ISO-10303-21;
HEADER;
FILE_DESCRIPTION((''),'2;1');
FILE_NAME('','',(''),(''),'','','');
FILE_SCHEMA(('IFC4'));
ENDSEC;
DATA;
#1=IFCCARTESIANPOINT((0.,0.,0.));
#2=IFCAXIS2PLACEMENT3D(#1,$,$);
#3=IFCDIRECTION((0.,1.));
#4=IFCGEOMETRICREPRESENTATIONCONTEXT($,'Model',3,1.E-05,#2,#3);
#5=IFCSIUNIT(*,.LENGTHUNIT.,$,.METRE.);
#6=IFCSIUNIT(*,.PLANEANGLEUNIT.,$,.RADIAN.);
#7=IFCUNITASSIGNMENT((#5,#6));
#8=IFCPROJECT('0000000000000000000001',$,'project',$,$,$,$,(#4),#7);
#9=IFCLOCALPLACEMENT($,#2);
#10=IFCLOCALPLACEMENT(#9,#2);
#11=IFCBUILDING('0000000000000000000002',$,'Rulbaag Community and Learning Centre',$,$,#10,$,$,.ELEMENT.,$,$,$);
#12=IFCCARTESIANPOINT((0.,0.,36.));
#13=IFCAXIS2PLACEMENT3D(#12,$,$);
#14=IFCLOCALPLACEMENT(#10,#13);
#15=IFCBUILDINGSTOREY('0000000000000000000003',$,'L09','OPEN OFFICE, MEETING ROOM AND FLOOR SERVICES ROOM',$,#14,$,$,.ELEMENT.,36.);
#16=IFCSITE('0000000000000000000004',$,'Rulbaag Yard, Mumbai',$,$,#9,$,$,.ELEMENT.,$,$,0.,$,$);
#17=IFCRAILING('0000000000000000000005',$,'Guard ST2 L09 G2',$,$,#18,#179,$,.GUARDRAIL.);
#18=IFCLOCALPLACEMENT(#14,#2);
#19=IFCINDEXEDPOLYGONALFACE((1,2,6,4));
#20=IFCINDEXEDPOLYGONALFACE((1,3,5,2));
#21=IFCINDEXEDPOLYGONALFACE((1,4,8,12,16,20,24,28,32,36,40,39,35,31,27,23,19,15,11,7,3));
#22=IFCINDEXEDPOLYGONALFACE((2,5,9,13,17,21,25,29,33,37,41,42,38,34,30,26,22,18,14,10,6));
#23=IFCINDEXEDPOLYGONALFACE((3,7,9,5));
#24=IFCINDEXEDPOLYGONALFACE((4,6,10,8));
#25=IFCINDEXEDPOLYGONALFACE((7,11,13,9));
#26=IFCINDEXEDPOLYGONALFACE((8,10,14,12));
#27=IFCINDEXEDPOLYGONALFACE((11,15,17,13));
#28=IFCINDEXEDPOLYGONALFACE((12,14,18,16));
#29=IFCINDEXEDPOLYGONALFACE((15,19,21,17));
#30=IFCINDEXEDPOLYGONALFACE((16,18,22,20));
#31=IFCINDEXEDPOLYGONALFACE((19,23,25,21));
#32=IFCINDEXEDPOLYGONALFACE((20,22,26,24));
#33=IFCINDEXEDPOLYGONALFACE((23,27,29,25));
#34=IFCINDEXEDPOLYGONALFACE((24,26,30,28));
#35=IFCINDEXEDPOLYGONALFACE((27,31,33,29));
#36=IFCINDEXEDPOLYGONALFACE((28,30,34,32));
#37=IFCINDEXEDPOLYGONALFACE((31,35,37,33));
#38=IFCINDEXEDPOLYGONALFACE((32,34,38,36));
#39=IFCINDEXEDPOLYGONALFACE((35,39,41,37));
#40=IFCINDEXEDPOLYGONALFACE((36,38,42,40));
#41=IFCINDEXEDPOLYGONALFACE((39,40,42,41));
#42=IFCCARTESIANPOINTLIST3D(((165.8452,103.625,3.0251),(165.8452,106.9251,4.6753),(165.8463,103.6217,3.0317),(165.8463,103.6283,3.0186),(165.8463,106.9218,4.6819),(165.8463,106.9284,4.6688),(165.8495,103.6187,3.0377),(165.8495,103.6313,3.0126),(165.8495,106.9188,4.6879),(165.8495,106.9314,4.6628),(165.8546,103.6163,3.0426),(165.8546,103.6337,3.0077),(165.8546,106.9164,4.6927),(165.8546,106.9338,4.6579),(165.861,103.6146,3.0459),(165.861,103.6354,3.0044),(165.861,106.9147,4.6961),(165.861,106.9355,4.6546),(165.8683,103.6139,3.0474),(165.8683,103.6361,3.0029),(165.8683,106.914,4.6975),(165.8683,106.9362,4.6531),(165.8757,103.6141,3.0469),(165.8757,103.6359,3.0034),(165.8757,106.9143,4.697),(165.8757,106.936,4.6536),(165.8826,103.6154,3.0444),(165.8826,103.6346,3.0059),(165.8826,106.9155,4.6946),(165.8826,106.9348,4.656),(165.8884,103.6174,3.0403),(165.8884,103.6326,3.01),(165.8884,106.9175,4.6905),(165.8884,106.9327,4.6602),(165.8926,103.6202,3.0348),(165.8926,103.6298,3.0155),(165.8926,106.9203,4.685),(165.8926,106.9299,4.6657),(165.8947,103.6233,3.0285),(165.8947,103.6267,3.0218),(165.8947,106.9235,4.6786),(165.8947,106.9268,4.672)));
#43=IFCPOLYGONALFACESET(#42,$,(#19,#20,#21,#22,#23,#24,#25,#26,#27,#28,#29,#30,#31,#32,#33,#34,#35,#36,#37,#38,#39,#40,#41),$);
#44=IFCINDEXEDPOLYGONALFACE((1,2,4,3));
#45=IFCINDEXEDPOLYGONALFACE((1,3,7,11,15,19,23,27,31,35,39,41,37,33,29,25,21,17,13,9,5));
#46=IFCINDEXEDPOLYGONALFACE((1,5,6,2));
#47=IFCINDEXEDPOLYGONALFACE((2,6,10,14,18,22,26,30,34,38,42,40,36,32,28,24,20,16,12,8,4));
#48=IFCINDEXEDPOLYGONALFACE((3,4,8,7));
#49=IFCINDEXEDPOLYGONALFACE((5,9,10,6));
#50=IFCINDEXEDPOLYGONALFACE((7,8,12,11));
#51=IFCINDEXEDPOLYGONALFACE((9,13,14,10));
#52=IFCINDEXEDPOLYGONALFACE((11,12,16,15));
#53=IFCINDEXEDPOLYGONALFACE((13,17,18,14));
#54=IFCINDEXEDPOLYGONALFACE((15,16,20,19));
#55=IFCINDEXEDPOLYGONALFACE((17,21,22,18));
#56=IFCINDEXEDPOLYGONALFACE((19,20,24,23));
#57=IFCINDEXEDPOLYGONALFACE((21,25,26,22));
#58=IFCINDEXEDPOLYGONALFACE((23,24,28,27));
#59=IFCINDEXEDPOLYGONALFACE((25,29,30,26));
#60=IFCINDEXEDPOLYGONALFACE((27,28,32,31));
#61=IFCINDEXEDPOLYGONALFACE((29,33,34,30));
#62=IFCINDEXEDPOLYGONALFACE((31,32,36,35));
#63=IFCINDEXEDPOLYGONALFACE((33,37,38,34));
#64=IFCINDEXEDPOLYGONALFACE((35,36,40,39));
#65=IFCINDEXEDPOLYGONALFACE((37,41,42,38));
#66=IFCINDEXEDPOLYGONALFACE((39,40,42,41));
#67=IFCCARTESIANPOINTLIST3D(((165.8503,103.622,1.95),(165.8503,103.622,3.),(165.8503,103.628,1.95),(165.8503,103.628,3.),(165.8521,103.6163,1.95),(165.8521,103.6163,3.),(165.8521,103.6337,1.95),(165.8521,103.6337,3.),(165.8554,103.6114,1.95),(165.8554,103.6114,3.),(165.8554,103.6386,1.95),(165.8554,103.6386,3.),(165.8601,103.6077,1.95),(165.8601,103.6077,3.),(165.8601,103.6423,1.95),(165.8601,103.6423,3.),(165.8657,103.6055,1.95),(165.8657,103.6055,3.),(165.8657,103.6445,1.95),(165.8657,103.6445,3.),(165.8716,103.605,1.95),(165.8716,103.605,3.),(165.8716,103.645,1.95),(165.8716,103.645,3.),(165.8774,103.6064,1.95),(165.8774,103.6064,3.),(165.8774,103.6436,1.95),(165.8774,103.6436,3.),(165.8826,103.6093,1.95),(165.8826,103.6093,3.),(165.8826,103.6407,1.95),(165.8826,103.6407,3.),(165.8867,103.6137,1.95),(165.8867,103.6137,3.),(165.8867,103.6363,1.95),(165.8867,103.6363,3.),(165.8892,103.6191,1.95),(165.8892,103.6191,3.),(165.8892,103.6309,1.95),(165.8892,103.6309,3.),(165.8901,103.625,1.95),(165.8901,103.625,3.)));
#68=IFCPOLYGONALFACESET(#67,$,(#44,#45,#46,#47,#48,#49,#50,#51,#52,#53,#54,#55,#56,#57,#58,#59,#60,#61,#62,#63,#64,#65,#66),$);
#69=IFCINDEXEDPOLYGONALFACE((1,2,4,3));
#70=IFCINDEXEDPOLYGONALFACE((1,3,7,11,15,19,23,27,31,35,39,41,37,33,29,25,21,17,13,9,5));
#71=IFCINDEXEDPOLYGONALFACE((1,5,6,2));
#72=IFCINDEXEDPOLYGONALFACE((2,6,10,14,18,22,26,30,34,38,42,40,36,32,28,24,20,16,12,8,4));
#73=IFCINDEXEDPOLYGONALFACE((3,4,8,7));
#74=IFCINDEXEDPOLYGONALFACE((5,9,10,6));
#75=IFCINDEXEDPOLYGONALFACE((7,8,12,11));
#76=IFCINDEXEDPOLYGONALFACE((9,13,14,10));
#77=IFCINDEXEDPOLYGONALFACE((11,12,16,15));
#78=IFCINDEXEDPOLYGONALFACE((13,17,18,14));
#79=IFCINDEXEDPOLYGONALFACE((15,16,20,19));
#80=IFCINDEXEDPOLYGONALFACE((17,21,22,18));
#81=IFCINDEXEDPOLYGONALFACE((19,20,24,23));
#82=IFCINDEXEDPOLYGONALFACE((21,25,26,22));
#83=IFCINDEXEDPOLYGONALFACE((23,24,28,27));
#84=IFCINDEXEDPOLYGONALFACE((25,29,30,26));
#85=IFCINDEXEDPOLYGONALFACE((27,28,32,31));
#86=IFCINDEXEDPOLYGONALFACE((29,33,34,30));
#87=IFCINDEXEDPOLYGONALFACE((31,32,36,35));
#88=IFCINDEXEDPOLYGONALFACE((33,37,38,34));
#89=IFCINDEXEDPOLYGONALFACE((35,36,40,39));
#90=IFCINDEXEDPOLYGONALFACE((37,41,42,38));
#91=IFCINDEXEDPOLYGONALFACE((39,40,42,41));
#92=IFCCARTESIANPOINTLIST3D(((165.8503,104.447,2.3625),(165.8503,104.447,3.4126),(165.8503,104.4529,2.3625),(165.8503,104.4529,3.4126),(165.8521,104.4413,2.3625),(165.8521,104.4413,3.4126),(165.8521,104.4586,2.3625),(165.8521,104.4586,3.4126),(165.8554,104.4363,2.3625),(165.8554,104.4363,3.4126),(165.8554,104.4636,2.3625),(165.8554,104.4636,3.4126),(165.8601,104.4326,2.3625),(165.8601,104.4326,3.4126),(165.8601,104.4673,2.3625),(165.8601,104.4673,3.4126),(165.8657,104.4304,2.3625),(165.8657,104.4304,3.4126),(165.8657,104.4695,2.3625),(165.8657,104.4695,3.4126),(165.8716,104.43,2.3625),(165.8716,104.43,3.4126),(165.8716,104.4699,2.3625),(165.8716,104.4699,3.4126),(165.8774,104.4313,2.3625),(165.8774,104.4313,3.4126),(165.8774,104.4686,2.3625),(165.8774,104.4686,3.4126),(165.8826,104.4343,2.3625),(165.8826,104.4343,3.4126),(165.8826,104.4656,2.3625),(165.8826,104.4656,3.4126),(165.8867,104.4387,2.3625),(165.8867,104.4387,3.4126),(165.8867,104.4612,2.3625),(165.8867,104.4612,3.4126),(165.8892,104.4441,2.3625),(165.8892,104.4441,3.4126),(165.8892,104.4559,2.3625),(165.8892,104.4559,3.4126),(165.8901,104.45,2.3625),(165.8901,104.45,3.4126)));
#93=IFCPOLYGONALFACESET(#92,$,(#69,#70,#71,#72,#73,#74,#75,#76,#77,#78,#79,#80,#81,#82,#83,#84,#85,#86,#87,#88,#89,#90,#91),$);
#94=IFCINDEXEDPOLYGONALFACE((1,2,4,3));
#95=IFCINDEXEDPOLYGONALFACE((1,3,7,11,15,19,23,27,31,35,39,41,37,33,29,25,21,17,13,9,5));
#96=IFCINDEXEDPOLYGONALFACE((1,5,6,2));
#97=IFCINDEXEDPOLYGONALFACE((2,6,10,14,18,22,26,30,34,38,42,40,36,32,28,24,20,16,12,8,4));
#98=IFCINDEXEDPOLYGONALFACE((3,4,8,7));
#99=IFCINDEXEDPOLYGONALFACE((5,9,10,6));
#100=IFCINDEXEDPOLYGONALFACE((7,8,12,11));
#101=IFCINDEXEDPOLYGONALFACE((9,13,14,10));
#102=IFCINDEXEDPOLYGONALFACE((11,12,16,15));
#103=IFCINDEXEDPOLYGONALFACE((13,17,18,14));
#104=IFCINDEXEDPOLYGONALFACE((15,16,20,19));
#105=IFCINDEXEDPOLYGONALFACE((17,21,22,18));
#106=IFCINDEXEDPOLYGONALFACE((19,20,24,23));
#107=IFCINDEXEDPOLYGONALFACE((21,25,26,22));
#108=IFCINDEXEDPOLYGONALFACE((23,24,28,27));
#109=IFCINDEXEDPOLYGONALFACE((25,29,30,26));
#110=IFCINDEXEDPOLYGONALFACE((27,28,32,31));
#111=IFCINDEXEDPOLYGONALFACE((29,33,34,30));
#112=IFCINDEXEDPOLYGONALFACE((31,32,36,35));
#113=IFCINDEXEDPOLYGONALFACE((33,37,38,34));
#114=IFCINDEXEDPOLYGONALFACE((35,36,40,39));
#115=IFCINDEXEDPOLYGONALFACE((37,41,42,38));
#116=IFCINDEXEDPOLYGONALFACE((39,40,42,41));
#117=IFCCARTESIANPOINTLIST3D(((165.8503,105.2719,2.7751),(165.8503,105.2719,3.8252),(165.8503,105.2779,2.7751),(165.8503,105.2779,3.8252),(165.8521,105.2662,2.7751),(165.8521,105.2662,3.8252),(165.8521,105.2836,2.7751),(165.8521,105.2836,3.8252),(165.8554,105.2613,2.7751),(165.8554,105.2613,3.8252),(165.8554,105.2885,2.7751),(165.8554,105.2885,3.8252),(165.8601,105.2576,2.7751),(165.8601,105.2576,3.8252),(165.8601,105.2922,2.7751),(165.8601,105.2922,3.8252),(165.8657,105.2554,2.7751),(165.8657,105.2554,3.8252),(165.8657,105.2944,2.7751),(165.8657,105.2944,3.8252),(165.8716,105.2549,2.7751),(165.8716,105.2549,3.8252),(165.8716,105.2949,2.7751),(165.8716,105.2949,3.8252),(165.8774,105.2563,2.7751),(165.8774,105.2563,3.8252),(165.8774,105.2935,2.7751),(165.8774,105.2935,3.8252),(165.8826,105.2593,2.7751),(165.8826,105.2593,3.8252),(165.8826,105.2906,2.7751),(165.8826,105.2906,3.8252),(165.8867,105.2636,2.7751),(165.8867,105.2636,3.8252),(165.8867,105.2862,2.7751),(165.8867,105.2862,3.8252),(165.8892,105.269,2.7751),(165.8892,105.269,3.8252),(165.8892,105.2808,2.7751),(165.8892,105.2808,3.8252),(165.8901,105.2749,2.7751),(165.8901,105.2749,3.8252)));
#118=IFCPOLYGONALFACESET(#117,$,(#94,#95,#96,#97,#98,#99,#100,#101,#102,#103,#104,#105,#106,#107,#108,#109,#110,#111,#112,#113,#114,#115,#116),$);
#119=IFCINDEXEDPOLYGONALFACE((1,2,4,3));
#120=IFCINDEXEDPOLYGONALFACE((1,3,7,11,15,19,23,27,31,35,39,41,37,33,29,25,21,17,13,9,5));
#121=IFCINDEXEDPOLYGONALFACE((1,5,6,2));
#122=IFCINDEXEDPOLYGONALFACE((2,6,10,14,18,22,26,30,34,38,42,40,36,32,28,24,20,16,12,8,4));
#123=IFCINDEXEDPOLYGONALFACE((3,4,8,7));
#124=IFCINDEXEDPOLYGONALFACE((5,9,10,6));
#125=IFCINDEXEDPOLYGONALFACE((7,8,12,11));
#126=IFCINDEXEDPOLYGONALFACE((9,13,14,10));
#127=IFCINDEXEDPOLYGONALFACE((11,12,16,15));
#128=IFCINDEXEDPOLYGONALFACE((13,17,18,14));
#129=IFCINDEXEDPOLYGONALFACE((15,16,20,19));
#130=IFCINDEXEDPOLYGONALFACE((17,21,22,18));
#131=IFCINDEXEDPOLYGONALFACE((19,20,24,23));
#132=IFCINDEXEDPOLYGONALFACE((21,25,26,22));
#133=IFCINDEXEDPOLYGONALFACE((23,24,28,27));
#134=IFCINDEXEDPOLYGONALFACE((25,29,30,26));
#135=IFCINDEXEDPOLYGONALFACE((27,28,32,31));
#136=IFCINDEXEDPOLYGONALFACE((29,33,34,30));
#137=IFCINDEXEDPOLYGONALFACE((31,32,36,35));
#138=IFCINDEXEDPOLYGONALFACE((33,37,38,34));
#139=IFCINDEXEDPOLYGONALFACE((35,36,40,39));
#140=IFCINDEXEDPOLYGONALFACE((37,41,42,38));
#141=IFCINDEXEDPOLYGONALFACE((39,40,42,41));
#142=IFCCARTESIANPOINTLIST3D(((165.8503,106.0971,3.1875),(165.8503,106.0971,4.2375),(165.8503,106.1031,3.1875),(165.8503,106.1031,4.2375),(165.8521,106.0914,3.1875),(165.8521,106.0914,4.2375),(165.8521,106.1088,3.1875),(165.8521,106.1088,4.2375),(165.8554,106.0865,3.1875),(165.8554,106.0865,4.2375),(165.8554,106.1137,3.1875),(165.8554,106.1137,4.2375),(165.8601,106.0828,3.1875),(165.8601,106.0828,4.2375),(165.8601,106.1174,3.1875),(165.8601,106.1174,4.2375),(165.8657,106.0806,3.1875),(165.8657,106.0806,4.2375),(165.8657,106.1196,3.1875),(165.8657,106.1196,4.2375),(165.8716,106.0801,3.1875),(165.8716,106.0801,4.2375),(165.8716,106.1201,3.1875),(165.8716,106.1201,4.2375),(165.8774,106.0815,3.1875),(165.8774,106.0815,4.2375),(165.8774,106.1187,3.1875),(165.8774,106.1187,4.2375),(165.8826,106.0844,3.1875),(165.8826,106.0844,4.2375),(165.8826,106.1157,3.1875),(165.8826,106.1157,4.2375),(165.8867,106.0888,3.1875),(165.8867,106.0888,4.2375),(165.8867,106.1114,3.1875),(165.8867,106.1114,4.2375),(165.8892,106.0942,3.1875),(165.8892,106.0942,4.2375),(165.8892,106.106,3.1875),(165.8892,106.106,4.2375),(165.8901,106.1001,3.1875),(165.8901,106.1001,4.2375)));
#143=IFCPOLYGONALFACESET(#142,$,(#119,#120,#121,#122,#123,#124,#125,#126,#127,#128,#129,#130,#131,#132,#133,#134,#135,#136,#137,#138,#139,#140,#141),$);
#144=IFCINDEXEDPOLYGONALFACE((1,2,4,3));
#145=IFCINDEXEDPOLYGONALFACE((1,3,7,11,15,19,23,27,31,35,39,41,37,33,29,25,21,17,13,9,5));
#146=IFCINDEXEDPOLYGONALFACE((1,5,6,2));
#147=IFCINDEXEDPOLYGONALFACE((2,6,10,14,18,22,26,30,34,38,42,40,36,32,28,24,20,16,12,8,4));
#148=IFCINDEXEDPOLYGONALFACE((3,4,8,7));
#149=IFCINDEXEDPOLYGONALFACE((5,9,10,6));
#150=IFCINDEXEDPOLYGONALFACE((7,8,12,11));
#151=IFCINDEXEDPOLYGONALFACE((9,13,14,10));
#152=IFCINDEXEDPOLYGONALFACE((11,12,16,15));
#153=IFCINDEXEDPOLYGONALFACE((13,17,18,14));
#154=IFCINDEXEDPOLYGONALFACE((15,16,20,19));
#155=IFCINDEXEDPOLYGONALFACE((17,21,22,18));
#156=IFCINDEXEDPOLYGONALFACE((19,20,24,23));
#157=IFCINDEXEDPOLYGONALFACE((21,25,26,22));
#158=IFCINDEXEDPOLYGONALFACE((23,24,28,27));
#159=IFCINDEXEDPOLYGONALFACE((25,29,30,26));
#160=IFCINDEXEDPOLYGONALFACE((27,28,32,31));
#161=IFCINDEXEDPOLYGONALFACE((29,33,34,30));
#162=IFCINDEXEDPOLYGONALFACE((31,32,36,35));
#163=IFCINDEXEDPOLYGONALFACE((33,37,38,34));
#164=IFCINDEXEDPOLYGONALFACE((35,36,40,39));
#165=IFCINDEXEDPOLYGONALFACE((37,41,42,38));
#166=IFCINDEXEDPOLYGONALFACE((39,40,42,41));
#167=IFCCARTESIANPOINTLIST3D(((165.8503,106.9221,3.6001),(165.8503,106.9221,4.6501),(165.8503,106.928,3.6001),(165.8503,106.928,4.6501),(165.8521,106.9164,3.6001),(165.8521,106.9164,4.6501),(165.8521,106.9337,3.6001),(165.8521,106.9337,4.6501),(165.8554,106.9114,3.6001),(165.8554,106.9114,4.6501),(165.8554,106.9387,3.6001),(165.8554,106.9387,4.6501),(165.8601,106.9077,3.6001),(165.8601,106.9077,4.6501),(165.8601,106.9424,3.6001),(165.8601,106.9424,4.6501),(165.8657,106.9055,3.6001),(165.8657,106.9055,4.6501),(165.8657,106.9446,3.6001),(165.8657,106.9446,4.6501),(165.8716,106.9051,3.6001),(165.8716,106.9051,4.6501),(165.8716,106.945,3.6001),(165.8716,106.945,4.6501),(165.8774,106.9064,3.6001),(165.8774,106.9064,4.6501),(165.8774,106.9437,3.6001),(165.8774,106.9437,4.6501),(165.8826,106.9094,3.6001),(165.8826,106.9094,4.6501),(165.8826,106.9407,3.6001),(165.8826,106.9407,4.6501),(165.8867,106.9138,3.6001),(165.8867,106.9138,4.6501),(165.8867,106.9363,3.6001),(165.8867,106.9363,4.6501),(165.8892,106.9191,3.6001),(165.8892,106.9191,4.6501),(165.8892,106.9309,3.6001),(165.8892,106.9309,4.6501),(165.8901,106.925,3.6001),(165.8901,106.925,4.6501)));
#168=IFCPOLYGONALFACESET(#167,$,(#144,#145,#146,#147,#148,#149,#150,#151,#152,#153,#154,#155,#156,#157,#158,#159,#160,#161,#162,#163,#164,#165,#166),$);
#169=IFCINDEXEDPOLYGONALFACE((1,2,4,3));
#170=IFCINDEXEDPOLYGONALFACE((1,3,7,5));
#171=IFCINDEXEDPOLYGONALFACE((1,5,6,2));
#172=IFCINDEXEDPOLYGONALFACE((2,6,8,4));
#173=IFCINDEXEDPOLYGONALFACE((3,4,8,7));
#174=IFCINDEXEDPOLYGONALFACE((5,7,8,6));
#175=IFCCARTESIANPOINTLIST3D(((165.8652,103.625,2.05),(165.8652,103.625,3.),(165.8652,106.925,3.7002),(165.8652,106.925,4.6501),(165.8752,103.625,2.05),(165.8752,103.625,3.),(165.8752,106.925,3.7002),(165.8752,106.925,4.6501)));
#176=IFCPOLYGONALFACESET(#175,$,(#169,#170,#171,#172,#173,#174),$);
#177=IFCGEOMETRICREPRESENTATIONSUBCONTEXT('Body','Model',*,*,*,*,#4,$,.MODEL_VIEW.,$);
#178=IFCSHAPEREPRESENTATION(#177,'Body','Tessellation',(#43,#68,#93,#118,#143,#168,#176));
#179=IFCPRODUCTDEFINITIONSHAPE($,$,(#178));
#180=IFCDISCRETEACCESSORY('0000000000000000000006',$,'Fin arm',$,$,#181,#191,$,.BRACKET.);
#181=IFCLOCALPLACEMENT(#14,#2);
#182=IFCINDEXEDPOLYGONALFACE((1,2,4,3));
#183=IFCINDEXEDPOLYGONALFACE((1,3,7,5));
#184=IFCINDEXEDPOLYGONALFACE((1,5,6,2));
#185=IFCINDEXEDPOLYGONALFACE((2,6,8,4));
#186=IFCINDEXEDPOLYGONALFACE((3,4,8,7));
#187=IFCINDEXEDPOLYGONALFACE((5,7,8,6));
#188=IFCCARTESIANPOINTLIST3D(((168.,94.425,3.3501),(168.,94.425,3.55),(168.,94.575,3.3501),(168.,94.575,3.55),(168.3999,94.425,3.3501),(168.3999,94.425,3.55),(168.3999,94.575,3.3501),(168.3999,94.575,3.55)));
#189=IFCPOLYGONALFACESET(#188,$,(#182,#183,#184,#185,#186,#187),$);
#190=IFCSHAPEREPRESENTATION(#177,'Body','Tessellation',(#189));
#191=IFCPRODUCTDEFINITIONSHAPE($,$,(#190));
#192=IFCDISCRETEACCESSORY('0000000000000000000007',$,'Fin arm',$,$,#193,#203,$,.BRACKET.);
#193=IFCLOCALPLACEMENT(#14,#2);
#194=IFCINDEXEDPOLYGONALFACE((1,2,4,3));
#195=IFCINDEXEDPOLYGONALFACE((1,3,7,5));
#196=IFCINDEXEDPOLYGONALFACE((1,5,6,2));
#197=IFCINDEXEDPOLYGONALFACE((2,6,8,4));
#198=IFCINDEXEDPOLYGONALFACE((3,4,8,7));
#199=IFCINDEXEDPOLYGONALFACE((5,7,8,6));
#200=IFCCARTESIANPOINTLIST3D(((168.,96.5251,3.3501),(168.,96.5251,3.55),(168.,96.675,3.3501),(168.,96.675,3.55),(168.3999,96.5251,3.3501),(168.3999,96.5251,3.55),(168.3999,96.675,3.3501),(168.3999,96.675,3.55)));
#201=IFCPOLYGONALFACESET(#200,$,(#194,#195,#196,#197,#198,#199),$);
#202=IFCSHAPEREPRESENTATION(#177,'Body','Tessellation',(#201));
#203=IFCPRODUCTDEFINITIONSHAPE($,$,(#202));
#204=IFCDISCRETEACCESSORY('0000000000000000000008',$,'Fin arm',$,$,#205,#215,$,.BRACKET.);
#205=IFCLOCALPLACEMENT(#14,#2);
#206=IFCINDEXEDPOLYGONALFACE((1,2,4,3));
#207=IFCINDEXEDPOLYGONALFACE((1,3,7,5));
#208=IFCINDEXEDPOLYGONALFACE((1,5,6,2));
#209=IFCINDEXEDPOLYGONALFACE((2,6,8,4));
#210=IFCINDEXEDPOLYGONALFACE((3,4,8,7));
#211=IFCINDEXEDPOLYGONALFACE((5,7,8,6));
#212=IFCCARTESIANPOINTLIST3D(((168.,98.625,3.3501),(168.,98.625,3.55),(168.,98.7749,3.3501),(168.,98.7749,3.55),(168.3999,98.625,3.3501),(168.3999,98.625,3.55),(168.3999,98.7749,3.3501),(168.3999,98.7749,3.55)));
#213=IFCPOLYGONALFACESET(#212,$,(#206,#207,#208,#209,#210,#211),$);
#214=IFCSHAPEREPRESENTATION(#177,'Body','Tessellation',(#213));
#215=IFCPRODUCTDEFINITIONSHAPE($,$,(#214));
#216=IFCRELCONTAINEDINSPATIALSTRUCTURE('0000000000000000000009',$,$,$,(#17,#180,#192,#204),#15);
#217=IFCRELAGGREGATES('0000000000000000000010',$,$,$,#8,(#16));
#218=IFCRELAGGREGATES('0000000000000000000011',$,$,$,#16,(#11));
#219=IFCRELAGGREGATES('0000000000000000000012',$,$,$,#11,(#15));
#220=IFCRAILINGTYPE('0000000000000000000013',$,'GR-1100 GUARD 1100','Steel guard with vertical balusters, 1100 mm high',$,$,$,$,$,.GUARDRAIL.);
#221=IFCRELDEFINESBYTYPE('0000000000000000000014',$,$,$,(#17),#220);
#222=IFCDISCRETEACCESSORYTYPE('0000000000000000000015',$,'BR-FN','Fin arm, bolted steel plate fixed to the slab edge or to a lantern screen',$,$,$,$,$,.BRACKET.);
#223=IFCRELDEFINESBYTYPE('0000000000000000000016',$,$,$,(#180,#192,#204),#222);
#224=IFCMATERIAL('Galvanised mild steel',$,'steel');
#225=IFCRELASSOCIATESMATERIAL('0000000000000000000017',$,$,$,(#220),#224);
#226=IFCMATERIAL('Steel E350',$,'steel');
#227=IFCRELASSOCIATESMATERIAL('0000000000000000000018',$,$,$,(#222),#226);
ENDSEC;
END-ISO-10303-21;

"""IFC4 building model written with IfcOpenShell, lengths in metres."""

from ifc_helpers import new_model, si_unit, direction, frame, origin, origin_2d, place, context, subcontext, project, spatial, polyline, rectangle, circle, outline, extrude, material, type_object, element, save


model = new_model("IFC4")

# Units and contexts
model_context = context("Model", 3, precision=1e-05, world=origin(), true_north=direction((0.0, 1.0)))
body_context = subcontext(model_context, "Body", "Model", "MODEL_VIEW")
ifc_project = project(units=[si_unit("LENGTHUNIT", "METRE"), si_unit("PLANEANGLEUNIT", "RADIAN")], contexts=[model_context])

# Site, building, storey
site_placement = place(None, origin())
site = spatial("IfcSite", under=ifc_project, at=site_placement, Name="Rulbaag Yard, Mumbai", CompositionType="ELEMENT", RefElevation=0.0)
building_placement = place(site_placement, origin())
building = spatial("IfcBuilding", under=site, at=building_placement, Name="Rulbaag Community and Learning Centre", CompositionType="ELEMENT")
storey_placement = place(building_placement, frame((0.0, 0.0, 36.0)))
storey = spatial("IfcBuildingStorey", under=building, at=storey_placement, Name="L09", Description="OPEN OFFICE, MEETING ROOM AND FLOOR SERVICES ROOM", CompositionType="ELEMENT", Elevation=36.0)

# Railing
ifc_material_1 = material(Name="Galvanised mild steel", Category="steel")
railing_type_1 = type_object("IfcRailingType", Name="GR-1100 GUARD 1100", Description="Steel guard with vertical balusters, 1100 mm high", PredefinedType="GUARDRAIL", material=ifc_material_1)
railing_1_placement = place(storey_placement, frame((165.8701, 103.625, 1.95)))
element("IfcRailing", 1, at=railing_1_placement, inside=storey, type_object=railing_type_1, Name="Guard ST2 L09 G2", PredefinedType="GUARDRAIL", context=body_context, shape_type="SweptSolid", body=[
    extrude(circle(Radius=0.0249, at=origin_2d()), frame((0.0, 0.0, 1.0752), z_axis=(0.0, 0.894414, 0.44724), x_axis=(-1.0, 0.0, 0.0)), (0.0, 0.0, 1.0), 3.6897),
    extrude(circle(Radius=0.02, at=origin_2d()), origin(), (0.0, 0.0, 1.0), 1.05),
    extrude(circle(Radius=0.02, at=origin_2d()), frame((0.0, 0.825, 0.4126)), (0.0, 0.0, 1.0), 1.05),
    extrude(circle(Radius=0.02, at=origin_2d()), frame((0.0, 1.6499, 0.8252)), (0.0, 0.0, 1.0), 1.05),
    extrude(circle(Radius=0.02, at=origin_2d()), frame((0.0, 2.4751, 1.2375)), (0.0, 0.0, 1.0), 1.05),
    extrude(circle(Radius=0.02, at=origin_2d()), frame((0.0, 3.3, 1.6501)), (0.0, 0.0, 1.0), 1.05),
    extrude(outline(polyline([(0.0, 0.0), (3.3, 1.6501), (3.3, 2.6001), (0.0, 0.95), (0.0, 0.0)])), frame((-0.0049, 0.0, 0.1001), z_axis=(1.0, 0.0, 0.0), x_axis=(0.0, 1.0, 0.0)), (0.0, 0.0, 1.0), 0.01),
])

# Discrete accessories
ifc_material_2 = material(Name="Steel E350", Category="steel")
discrete_accessory_type = type_object("IfcDiscreteAccessoryType", Name="BR-FN", Description="Fin arm, bolted steel plate fixed to the slab edge or to a lantern screen", PredefinedType="BRACKET", material=ifc_material_2)
for number, where, z_axis, x_axis, name in (
    (2, (168.2, 94.5, 3.3501), (0.0, 0.0, 1.0), (1.0, 0.0, 0.0), "Fin arm"),
    (3, (168.2, 96.6001, 3.3501), (0.0, 0.0, 1.0), (1.0, 0.0, 0.0), "Fin arm"),
    (4, (168.2, 98.7, 3.3501), (0.0, 0.0, 1.0), (1.0, 0.0, 0.0), "Fin arm"),
):
    element("IfcDiscreteAccessory", number, at=place(storey_placement, frame(where, z_axis=z_axis, x_axis=x_axis)), inside=storey, type_object=discrete_accessory_type, Name=name, PredefinedType="BRACKET", context=body_context, shape_type="SweptSolid", body=[
        extrude(rectangle(XDim=0.3999, YDim=0.1499, at=origin_2d()), origin(), (0.0, 0.0, 1.0), 0.2),
    ])

save(model, "model.ifc")
